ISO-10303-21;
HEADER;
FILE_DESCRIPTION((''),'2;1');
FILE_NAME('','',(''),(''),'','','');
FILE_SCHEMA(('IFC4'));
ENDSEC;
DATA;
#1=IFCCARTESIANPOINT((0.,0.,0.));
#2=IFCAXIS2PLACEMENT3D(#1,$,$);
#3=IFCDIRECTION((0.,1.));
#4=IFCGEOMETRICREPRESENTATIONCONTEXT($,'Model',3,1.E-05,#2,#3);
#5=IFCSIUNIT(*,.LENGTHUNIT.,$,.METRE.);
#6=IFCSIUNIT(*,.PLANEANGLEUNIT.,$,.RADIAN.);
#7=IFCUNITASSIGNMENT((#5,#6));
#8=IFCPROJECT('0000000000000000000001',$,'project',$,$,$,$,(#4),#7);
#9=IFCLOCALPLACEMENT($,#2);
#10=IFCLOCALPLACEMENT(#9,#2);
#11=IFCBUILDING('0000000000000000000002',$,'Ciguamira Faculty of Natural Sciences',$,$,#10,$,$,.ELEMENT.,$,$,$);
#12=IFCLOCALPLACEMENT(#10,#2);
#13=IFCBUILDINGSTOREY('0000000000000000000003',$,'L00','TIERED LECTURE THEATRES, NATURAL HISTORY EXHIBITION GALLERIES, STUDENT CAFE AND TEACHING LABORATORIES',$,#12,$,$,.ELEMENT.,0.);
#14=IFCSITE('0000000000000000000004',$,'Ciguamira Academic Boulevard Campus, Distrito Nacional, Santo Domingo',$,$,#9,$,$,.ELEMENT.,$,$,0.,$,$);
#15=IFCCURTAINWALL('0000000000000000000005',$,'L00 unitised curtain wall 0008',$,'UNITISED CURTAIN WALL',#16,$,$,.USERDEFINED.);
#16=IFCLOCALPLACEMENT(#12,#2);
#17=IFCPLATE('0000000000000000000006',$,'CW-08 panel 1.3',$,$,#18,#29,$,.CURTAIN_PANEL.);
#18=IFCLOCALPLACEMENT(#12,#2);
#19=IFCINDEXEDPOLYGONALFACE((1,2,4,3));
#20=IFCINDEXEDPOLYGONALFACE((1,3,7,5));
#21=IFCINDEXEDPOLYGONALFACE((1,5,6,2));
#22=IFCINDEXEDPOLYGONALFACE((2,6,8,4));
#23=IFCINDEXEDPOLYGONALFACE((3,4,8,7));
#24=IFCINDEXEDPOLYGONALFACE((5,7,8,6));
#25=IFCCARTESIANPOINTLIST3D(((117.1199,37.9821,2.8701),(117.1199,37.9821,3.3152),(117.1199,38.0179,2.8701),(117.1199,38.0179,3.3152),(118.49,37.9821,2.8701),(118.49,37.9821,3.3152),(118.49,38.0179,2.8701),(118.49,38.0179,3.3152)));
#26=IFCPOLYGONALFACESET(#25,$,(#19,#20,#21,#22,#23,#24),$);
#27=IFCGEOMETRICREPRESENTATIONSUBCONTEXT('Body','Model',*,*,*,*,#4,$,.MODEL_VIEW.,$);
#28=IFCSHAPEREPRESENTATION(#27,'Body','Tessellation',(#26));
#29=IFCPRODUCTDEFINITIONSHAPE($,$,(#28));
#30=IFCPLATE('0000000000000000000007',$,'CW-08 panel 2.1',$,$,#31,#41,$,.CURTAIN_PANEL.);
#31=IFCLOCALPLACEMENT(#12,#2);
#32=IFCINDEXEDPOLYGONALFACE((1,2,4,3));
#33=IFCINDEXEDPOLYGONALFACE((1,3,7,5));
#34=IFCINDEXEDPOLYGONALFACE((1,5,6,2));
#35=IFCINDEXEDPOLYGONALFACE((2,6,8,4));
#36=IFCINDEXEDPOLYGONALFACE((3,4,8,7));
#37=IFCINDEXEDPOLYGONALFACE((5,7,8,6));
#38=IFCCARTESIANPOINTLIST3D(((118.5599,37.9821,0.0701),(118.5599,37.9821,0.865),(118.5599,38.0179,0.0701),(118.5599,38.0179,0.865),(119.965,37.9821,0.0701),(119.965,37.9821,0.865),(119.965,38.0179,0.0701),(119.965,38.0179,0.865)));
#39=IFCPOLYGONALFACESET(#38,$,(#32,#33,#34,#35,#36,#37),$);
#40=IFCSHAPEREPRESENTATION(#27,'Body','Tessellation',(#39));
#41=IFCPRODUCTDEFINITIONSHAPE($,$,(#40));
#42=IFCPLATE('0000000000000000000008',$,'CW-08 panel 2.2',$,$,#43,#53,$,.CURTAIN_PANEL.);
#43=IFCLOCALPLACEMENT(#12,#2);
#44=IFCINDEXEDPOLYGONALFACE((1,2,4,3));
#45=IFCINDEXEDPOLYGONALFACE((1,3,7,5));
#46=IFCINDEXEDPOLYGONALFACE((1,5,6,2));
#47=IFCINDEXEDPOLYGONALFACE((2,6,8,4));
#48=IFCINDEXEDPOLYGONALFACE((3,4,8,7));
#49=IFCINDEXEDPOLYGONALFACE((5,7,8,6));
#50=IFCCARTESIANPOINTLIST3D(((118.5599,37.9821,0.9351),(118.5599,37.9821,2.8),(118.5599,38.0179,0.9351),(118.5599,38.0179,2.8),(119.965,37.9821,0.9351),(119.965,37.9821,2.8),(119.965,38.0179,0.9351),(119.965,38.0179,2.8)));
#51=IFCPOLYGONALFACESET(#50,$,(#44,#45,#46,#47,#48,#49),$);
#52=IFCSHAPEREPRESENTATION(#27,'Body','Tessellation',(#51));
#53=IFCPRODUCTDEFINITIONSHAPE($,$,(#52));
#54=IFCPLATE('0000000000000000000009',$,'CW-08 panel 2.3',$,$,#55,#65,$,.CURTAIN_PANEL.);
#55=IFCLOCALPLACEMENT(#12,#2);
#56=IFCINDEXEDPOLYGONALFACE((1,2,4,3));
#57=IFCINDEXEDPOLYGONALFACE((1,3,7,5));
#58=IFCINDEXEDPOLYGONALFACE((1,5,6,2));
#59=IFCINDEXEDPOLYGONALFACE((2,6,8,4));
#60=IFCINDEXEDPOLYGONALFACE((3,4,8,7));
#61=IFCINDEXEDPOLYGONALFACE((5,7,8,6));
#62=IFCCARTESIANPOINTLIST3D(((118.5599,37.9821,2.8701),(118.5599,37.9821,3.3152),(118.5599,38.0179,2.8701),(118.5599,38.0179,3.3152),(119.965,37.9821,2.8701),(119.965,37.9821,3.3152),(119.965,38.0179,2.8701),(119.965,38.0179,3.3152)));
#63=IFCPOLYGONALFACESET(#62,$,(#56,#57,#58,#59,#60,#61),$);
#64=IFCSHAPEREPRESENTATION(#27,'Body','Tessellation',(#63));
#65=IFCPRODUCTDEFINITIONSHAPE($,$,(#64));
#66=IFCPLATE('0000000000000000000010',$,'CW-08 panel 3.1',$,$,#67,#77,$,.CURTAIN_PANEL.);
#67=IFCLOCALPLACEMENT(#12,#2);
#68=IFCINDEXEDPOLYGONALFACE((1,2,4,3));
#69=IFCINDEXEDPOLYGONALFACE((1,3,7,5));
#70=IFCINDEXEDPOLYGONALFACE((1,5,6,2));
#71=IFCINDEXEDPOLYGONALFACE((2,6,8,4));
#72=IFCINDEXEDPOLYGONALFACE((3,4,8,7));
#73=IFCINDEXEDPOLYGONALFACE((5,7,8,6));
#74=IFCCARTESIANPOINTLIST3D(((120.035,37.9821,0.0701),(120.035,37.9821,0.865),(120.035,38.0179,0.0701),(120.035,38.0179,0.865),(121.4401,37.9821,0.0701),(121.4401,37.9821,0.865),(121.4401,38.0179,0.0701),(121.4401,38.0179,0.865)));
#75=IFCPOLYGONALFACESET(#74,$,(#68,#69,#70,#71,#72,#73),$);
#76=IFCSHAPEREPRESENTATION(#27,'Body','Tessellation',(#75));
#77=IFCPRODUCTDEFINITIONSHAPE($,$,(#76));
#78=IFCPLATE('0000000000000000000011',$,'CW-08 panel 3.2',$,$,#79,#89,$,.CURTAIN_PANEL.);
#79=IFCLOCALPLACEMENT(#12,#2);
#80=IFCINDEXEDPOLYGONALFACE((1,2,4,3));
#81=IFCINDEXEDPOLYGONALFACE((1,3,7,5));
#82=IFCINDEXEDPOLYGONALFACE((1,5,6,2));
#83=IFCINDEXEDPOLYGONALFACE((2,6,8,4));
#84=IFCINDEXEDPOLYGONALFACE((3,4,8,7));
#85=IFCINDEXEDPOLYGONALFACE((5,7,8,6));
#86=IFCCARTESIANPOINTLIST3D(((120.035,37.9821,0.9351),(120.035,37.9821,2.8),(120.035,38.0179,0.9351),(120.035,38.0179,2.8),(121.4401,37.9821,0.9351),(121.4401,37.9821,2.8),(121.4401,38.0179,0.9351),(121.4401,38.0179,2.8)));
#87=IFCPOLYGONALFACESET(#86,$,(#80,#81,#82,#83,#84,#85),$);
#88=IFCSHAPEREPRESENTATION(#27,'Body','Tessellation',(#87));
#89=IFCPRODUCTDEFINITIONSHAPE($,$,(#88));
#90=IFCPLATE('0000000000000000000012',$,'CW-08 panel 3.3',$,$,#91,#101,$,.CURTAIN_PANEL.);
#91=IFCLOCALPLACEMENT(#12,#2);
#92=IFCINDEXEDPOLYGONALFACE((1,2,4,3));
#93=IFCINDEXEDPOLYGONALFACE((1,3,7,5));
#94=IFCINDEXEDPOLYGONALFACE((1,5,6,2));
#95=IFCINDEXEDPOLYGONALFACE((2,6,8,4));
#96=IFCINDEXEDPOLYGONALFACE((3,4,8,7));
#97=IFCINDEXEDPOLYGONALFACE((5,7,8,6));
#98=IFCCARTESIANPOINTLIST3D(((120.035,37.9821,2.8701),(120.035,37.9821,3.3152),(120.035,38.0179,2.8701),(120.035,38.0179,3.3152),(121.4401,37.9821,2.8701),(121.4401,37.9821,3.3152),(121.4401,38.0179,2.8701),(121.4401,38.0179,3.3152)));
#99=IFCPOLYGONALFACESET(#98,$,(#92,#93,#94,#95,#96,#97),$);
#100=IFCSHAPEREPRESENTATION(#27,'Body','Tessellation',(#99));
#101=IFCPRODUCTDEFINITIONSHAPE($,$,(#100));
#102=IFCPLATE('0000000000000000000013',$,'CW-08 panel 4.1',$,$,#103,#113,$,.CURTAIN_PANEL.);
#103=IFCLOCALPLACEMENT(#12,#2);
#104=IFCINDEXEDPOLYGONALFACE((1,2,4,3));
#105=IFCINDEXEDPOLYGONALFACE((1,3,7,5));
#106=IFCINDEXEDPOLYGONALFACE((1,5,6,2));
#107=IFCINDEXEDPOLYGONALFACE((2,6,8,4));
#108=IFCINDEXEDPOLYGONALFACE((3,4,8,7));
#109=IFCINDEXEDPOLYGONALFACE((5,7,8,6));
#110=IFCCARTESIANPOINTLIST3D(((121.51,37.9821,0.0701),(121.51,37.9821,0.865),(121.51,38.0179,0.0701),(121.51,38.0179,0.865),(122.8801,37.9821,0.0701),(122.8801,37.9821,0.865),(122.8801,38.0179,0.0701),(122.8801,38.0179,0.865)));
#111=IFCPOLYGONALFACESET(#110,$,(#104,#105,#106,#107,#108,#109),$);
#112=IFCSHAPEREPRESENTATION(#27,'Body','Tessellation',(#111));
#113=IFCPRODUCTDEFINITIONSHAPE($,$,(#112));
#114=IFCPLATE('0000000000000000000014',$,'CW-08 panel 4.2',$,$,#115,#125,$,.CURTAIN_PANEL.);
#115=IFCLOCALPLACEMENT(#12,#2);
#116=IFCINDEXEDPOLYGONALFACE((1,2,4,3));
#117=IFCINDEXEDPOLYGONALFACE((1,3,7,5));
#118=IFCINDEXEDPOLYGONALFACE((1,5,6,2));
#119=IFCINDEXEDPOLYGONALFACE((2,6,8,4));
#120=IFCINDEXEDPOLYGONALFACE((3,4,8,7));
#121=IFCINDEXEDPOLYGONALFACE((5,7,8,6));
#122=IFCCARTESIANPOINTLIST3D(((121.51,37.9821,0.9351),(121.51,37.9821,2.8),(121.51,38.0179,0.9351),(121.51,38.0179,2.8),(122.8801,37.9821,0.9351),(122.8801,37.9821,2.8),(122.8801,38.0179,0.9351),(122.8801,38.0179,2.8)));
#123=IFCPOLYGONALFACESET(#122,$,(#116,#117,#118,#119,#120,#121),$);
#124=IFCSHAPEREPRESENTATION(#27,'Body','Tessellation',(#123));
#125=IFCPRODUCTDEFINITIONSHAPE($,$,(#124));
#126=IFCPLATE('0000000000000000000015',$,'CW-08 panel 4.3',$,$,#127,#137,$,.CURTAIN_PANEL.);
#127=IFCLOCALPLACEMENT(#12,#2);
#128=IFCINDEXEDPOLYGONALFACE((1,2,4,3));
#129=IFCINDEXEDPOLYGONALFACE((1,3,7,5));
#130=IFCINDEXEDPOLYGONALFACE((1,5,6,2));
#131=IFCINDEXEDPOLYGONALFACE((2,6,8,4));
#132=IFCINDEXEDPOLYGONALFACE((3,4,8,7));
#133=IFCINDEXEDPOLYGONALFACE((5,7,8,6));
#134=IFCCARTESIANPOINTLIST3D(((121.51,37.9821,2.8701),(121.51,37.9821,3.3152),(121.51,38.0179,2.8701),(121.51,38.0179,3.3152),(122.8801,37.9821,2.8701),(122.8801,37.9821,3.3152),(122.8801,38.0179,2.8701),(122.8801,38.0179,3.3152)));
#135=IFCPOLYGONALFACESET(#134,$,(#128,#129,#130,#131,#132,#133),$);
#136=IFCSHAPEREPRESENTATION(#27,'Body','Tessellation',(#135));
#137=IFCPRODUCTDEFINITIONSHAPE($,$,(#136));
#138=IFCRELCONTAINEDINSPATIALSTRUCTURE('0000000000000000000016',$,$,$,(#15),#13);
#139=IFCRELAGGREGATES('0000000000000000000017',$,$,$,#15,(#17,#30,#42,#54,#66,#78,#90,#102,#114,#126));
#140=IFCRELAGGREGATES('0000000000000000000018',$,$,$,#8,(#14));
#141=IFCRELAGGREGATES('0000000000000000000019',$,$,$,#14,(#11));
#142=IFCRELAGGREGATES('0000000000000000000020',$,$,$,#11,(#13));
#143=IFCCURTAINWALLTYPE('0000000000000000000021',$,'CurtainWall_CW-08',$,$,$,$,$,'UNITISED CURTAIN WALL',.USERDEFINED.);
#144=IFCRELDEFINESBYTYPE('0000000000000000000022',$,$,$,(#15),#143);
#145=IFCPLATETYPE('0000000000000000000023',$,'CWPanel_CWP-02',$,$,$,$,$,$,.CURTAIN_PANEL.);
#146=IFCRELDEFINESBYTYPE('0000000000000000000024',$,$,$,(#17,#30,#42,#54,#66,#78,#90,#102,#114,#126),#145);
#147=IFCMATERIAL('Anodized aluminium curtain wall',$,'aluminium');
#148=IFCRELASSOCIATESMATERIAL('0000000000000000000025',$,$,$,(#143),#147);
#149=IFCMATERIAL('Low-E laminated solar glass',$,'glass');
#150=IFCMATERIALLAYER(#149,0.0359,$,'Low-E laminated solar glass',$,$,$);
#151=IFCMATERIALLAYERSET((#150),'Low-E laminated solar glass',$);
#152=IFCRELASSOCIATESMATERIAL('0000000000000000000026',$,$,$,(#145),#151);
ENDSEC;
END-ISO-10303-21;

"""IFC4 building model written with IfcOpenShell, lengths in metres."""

from ifc_helpers import new_model, si_unit, direction, frame, origin, origin_2d, place, context, subcontext, project, spatial, rectangle, extrude, material, layer, layer_set, type_object, element, aggregate, save


model = new_model("IFC4")

# Units and contexts
model_context = context("Model", 3, precision=1e-05, world=origin(), true_north=direction((0.0, 1.0)))
body_context = subcontext(model_context, "Body", "Model", "MODEL_VIEW")
ifc_project = project(units=[si_unit("LENGTHUNIT", "METRE"), si_unit("PLANEANGLEUNIT", "RADIAN")], contexts=[model_context])

# Site, building, storey
site_placement = place(None, origin())
site = spatial("IfcSite", under=ifc_project, at=site_placement, Name="Ciguamira Academic Boulevard Campus, Distrito Nacional, Santo Domingo", CompositionType="ELEMENT", RefElevation=0.0)
building_placement = place(site_placement, origin())
building = spatial("IfcBuilding", under=site, at=building_placement, Name="Ciguamira Faculty of Natural Sciences", CompositionType="ELEMENT")
storey_placement = place(building_placement, origin())
storey = spatial("IfcBuildingStorey", under=building, at=storey_placement, Name="L00", Description="TIERED LECTURE THEATRES, NATURAL HISTORY EXHIBITION GALLERIES, STUDENT CAFE AND TEACHING LABORATORIES", CompositionType="ELEMENT", Elevation=0.0)

# Curtain wall
ifc_material_1 = material(Name="Anodized aluminium curtain wall", Category="aluminium")
curtain_wall_type_1 = type_object("IfcCurtainWallType", Name="CurtainWall_CW-08", ElementType="UNITISED CURTAIN WALL", PredefinedType="USERDEFINED", material=ifc_material_1)
curtain_wall_1_placement = place(storey_placement, origin())
curtain_wall_1 = element("IfcCurtainWall", 1, at=curtain_wall_1_placement, inside=storey, type_object=curtain_wall_type_1, Name="L00 unitised curtain wall 0008", ObjectType="UNITISED CURTAIN WALL", PredefinedType="USERDEFINED")

# Shared definitions
ifc_material_2 = material(Name="Low-E laminated solar glass", Category="glass")

# Plates
ifc_layer_1 = layer(ifc_material_2, 0.0359, Name="Low-E laminated solar glass")
ifc_layer_set_1 = layer_set([ifc_layer_1], Name="Low-E laminated solar glass")
plate_type_1 = type_object("IfcPlateType", Name="CWPanel_CWP-02", PredefinedType="CURTAIN_PANEL", material=ifc_layer_set_1)
plate_1_placement = place(storey_placement, frame((117.8049, 38.0, 2.8701), z_axis=(0.0, 0.0, 1.0), x_axis=(1.0, 0.0, 0.0)))
plate_1 = element("IfcPlate", 2, at=plate_1_placement, type_object=plate_type_1, Name="CW-08 panel 1.3", PredefinedType="CURTAIN_PANEL", context=body_context, shape_type="SweptSolid", body=[
    extrude(rectangle(XDim=1.3701, YDim=0.0359, at=origin_2d()), origin(), (0.0, 0.0, 1.0), 0.4451),
])
plate_2_placement = place(storey_placement, frame((119.2625, 38.0, 0.0701), z_axis=(0.0, 0.0, 1.0), x_axis=(1.0, 0.0, 0.0)))
plate_2 = element("IfcPlate", 3, at=plate_2_placement, type_object=plate_type_1, Name="CW-08 panel 2.1", PredefinedType="CURTAIN_PANEL", context=body_context, shape_type="SweptSolid", body=[
    extrude(rectangle(XDim=1.405, YDim=0.0359, at=origin_2d()), origin(), (0.0, 0.0, 1.0), 0.7949),
])
plate_3_placement = place(storey_placement, frame((119.2625, 38.0, 0.9351), z_axis=(0.0, 0.0, 1.0), x_axis=(1.0, 0.0, 0.0)))
plate_3 = element("IfcPlate", 4, at=plate_3_placement, type_object=plate_type_1, Name="CW-08 panel 2.2", PredefinedType="CURTAIN_PANEL", context=body_context, shape_type="SweptSolid", body=[
    extrude(rectangle(XDim=1.405, YDim=0.0359, at=origin_2d()), origin(), (0.0, 0.0, 1.0), 1.865),
])
plate_4_placement = place(storey_placement, frame((119.2625, 38.0, 2.8701), z_axis=(0.0, 0.0, 1.0), x_axis=(1.0, 0.0, 0.0)))
plate_4 = element("IfcPlate", 5, at=plate_4_placement, type_object=plate_type_1, Name="CW-08 panel 2.3", PredefinedType="CURTAIN_PANEL", context=body_context, shape_type="SweptSolid", body=[
    extrude(rectangle(XDim=1.405, YDim=0.0359, at=origin_2d()), origin(), (0.0, 0.0, 1.0), 0.4451),
])
plate_5_placement = place(storey_placement, frame((120.7375, 38.0, 0.0701), z_axis=(0.0, 0.0, 1.0), x_axis=(1.0, 0.0, 0.0)))
plate_5 = element("IfcPlate", 6, at=plate_5_placement, type_object=plate_type_1, Name="CW-08 panel 3.1", PredefinedType="CURTAIN_PANEL", context=body_context, shape_type="SweptSolid", body=[
    extrude(rectangle(XDim=1.405, YDim=0.0359, at=origin_2d()), origin(), (0.0, 0.0, 1.0), 0.7949),
])
plate_6_placement = place(storey_placement, frame((120.7375, 38.0, 0.9351), z_axis=(0.0, 0.0, 1.0), x_axis=(1.0, 0.0, 0.0)))
plate_6 = element("IfcPlate", 7, at=plate_6_placement, type_object=plate_type_1, Name="CW-08 panel 3.2", PredefinedType="CURTAIN_PANEL", context=body_context, shape_type="SweptSolid", body=[
    extrude(rectangle(XDim=1.405, YDim=0.0359, at=origin_2d()), origin(), (0.0, 0.0, 1.0), 1.865),
])
plate_7_placement = place(storey_placement, frame((120.7375, 38.0, 2.8701), z_axis=(0.0, 0.0, 1.0), x_axis=(1.0, 0.0, 0.0)))
plate_7 = element("IfcPlate", 8, at=plate_7_placement, type_object=plate_type_1, Name="CW-08 panel 3.3", PredefinedType="CURTAIN_PANEL", context=body_context, shape_type="SweptSolid", body=[
    extrude(rectangle(XDim=1.405, YDim=0.0359, at=origin_2d()), origin(), (0.0, 0.0, 1.0), 0.4451),
])
plate_8_placement = place(storey_placement, frame((122.1951, 38.0, 0.0701), z_axis=(0.0, 0.0, 1.0), x_axis=(1.0, 0.0, 0.0)))
plate_8 = element("IfcPlate", 9, at=plate_8_placement, type_object=plate_type_1, Name="CW-08 panel 4.1", PredefinedType="CURTAIN_PANEL", context=body_context, shape_type="SweptSolid", body=[
    extrude(rectangle(XDim=1.3701, YDim=0.0359, at=origin_2d()), origin(), (0.0, 0.0, 1.0), 0.7949),
])
plate_9_placement = place(storey_placement, frame((122.1951, 38.0, 0.9351), z_axis=(0.0, 0.0, 1.0), x_axis=(1.0, 0.0, 0.0)))
plate_9 = element("IfcPlate", 10, at=plate_9_placement, type_object=plate_type_1, Name="CW-08 panel 4.2", PredefinedType="CURTAIN_PANEL", context=body_context, shape_type="SweptSolid", body=[
    extrude(rectangle(XDim=1.3701, YDim=0.0359, at=origin_2d()), origin(), (0.0, 0.0, 1.0), 1.865),
])
plate_10_placement = place(storey_placement, frame((122.1951, 38.0, 2.8701), z_axis=(0.0, 0.0, 1.0), x_axis=(1.0, 0.0, 0.0)))
plate_10 = element("IfcPlate", 11, at=plate_10_placement, type_object=plate_type_1, Name="CW-08 panel 4.3", PredefinedType="CURTAIN_PANEL", context=body_context, shape_type="SweptSolid", body=[
    extrude(rectangle(XDim=1.3701, YDim=0.0359, at=origin_2d()), origin(), (0.0, 0.0, 1.0), 0.4451),
])
aggregate(curtain_wall_1, [plate_1, plate_2, plate_3, plate_4, plate_5, plate_6, plate_7, plate_8, plate_9, plate_10])

save(model, "model.ifc")
